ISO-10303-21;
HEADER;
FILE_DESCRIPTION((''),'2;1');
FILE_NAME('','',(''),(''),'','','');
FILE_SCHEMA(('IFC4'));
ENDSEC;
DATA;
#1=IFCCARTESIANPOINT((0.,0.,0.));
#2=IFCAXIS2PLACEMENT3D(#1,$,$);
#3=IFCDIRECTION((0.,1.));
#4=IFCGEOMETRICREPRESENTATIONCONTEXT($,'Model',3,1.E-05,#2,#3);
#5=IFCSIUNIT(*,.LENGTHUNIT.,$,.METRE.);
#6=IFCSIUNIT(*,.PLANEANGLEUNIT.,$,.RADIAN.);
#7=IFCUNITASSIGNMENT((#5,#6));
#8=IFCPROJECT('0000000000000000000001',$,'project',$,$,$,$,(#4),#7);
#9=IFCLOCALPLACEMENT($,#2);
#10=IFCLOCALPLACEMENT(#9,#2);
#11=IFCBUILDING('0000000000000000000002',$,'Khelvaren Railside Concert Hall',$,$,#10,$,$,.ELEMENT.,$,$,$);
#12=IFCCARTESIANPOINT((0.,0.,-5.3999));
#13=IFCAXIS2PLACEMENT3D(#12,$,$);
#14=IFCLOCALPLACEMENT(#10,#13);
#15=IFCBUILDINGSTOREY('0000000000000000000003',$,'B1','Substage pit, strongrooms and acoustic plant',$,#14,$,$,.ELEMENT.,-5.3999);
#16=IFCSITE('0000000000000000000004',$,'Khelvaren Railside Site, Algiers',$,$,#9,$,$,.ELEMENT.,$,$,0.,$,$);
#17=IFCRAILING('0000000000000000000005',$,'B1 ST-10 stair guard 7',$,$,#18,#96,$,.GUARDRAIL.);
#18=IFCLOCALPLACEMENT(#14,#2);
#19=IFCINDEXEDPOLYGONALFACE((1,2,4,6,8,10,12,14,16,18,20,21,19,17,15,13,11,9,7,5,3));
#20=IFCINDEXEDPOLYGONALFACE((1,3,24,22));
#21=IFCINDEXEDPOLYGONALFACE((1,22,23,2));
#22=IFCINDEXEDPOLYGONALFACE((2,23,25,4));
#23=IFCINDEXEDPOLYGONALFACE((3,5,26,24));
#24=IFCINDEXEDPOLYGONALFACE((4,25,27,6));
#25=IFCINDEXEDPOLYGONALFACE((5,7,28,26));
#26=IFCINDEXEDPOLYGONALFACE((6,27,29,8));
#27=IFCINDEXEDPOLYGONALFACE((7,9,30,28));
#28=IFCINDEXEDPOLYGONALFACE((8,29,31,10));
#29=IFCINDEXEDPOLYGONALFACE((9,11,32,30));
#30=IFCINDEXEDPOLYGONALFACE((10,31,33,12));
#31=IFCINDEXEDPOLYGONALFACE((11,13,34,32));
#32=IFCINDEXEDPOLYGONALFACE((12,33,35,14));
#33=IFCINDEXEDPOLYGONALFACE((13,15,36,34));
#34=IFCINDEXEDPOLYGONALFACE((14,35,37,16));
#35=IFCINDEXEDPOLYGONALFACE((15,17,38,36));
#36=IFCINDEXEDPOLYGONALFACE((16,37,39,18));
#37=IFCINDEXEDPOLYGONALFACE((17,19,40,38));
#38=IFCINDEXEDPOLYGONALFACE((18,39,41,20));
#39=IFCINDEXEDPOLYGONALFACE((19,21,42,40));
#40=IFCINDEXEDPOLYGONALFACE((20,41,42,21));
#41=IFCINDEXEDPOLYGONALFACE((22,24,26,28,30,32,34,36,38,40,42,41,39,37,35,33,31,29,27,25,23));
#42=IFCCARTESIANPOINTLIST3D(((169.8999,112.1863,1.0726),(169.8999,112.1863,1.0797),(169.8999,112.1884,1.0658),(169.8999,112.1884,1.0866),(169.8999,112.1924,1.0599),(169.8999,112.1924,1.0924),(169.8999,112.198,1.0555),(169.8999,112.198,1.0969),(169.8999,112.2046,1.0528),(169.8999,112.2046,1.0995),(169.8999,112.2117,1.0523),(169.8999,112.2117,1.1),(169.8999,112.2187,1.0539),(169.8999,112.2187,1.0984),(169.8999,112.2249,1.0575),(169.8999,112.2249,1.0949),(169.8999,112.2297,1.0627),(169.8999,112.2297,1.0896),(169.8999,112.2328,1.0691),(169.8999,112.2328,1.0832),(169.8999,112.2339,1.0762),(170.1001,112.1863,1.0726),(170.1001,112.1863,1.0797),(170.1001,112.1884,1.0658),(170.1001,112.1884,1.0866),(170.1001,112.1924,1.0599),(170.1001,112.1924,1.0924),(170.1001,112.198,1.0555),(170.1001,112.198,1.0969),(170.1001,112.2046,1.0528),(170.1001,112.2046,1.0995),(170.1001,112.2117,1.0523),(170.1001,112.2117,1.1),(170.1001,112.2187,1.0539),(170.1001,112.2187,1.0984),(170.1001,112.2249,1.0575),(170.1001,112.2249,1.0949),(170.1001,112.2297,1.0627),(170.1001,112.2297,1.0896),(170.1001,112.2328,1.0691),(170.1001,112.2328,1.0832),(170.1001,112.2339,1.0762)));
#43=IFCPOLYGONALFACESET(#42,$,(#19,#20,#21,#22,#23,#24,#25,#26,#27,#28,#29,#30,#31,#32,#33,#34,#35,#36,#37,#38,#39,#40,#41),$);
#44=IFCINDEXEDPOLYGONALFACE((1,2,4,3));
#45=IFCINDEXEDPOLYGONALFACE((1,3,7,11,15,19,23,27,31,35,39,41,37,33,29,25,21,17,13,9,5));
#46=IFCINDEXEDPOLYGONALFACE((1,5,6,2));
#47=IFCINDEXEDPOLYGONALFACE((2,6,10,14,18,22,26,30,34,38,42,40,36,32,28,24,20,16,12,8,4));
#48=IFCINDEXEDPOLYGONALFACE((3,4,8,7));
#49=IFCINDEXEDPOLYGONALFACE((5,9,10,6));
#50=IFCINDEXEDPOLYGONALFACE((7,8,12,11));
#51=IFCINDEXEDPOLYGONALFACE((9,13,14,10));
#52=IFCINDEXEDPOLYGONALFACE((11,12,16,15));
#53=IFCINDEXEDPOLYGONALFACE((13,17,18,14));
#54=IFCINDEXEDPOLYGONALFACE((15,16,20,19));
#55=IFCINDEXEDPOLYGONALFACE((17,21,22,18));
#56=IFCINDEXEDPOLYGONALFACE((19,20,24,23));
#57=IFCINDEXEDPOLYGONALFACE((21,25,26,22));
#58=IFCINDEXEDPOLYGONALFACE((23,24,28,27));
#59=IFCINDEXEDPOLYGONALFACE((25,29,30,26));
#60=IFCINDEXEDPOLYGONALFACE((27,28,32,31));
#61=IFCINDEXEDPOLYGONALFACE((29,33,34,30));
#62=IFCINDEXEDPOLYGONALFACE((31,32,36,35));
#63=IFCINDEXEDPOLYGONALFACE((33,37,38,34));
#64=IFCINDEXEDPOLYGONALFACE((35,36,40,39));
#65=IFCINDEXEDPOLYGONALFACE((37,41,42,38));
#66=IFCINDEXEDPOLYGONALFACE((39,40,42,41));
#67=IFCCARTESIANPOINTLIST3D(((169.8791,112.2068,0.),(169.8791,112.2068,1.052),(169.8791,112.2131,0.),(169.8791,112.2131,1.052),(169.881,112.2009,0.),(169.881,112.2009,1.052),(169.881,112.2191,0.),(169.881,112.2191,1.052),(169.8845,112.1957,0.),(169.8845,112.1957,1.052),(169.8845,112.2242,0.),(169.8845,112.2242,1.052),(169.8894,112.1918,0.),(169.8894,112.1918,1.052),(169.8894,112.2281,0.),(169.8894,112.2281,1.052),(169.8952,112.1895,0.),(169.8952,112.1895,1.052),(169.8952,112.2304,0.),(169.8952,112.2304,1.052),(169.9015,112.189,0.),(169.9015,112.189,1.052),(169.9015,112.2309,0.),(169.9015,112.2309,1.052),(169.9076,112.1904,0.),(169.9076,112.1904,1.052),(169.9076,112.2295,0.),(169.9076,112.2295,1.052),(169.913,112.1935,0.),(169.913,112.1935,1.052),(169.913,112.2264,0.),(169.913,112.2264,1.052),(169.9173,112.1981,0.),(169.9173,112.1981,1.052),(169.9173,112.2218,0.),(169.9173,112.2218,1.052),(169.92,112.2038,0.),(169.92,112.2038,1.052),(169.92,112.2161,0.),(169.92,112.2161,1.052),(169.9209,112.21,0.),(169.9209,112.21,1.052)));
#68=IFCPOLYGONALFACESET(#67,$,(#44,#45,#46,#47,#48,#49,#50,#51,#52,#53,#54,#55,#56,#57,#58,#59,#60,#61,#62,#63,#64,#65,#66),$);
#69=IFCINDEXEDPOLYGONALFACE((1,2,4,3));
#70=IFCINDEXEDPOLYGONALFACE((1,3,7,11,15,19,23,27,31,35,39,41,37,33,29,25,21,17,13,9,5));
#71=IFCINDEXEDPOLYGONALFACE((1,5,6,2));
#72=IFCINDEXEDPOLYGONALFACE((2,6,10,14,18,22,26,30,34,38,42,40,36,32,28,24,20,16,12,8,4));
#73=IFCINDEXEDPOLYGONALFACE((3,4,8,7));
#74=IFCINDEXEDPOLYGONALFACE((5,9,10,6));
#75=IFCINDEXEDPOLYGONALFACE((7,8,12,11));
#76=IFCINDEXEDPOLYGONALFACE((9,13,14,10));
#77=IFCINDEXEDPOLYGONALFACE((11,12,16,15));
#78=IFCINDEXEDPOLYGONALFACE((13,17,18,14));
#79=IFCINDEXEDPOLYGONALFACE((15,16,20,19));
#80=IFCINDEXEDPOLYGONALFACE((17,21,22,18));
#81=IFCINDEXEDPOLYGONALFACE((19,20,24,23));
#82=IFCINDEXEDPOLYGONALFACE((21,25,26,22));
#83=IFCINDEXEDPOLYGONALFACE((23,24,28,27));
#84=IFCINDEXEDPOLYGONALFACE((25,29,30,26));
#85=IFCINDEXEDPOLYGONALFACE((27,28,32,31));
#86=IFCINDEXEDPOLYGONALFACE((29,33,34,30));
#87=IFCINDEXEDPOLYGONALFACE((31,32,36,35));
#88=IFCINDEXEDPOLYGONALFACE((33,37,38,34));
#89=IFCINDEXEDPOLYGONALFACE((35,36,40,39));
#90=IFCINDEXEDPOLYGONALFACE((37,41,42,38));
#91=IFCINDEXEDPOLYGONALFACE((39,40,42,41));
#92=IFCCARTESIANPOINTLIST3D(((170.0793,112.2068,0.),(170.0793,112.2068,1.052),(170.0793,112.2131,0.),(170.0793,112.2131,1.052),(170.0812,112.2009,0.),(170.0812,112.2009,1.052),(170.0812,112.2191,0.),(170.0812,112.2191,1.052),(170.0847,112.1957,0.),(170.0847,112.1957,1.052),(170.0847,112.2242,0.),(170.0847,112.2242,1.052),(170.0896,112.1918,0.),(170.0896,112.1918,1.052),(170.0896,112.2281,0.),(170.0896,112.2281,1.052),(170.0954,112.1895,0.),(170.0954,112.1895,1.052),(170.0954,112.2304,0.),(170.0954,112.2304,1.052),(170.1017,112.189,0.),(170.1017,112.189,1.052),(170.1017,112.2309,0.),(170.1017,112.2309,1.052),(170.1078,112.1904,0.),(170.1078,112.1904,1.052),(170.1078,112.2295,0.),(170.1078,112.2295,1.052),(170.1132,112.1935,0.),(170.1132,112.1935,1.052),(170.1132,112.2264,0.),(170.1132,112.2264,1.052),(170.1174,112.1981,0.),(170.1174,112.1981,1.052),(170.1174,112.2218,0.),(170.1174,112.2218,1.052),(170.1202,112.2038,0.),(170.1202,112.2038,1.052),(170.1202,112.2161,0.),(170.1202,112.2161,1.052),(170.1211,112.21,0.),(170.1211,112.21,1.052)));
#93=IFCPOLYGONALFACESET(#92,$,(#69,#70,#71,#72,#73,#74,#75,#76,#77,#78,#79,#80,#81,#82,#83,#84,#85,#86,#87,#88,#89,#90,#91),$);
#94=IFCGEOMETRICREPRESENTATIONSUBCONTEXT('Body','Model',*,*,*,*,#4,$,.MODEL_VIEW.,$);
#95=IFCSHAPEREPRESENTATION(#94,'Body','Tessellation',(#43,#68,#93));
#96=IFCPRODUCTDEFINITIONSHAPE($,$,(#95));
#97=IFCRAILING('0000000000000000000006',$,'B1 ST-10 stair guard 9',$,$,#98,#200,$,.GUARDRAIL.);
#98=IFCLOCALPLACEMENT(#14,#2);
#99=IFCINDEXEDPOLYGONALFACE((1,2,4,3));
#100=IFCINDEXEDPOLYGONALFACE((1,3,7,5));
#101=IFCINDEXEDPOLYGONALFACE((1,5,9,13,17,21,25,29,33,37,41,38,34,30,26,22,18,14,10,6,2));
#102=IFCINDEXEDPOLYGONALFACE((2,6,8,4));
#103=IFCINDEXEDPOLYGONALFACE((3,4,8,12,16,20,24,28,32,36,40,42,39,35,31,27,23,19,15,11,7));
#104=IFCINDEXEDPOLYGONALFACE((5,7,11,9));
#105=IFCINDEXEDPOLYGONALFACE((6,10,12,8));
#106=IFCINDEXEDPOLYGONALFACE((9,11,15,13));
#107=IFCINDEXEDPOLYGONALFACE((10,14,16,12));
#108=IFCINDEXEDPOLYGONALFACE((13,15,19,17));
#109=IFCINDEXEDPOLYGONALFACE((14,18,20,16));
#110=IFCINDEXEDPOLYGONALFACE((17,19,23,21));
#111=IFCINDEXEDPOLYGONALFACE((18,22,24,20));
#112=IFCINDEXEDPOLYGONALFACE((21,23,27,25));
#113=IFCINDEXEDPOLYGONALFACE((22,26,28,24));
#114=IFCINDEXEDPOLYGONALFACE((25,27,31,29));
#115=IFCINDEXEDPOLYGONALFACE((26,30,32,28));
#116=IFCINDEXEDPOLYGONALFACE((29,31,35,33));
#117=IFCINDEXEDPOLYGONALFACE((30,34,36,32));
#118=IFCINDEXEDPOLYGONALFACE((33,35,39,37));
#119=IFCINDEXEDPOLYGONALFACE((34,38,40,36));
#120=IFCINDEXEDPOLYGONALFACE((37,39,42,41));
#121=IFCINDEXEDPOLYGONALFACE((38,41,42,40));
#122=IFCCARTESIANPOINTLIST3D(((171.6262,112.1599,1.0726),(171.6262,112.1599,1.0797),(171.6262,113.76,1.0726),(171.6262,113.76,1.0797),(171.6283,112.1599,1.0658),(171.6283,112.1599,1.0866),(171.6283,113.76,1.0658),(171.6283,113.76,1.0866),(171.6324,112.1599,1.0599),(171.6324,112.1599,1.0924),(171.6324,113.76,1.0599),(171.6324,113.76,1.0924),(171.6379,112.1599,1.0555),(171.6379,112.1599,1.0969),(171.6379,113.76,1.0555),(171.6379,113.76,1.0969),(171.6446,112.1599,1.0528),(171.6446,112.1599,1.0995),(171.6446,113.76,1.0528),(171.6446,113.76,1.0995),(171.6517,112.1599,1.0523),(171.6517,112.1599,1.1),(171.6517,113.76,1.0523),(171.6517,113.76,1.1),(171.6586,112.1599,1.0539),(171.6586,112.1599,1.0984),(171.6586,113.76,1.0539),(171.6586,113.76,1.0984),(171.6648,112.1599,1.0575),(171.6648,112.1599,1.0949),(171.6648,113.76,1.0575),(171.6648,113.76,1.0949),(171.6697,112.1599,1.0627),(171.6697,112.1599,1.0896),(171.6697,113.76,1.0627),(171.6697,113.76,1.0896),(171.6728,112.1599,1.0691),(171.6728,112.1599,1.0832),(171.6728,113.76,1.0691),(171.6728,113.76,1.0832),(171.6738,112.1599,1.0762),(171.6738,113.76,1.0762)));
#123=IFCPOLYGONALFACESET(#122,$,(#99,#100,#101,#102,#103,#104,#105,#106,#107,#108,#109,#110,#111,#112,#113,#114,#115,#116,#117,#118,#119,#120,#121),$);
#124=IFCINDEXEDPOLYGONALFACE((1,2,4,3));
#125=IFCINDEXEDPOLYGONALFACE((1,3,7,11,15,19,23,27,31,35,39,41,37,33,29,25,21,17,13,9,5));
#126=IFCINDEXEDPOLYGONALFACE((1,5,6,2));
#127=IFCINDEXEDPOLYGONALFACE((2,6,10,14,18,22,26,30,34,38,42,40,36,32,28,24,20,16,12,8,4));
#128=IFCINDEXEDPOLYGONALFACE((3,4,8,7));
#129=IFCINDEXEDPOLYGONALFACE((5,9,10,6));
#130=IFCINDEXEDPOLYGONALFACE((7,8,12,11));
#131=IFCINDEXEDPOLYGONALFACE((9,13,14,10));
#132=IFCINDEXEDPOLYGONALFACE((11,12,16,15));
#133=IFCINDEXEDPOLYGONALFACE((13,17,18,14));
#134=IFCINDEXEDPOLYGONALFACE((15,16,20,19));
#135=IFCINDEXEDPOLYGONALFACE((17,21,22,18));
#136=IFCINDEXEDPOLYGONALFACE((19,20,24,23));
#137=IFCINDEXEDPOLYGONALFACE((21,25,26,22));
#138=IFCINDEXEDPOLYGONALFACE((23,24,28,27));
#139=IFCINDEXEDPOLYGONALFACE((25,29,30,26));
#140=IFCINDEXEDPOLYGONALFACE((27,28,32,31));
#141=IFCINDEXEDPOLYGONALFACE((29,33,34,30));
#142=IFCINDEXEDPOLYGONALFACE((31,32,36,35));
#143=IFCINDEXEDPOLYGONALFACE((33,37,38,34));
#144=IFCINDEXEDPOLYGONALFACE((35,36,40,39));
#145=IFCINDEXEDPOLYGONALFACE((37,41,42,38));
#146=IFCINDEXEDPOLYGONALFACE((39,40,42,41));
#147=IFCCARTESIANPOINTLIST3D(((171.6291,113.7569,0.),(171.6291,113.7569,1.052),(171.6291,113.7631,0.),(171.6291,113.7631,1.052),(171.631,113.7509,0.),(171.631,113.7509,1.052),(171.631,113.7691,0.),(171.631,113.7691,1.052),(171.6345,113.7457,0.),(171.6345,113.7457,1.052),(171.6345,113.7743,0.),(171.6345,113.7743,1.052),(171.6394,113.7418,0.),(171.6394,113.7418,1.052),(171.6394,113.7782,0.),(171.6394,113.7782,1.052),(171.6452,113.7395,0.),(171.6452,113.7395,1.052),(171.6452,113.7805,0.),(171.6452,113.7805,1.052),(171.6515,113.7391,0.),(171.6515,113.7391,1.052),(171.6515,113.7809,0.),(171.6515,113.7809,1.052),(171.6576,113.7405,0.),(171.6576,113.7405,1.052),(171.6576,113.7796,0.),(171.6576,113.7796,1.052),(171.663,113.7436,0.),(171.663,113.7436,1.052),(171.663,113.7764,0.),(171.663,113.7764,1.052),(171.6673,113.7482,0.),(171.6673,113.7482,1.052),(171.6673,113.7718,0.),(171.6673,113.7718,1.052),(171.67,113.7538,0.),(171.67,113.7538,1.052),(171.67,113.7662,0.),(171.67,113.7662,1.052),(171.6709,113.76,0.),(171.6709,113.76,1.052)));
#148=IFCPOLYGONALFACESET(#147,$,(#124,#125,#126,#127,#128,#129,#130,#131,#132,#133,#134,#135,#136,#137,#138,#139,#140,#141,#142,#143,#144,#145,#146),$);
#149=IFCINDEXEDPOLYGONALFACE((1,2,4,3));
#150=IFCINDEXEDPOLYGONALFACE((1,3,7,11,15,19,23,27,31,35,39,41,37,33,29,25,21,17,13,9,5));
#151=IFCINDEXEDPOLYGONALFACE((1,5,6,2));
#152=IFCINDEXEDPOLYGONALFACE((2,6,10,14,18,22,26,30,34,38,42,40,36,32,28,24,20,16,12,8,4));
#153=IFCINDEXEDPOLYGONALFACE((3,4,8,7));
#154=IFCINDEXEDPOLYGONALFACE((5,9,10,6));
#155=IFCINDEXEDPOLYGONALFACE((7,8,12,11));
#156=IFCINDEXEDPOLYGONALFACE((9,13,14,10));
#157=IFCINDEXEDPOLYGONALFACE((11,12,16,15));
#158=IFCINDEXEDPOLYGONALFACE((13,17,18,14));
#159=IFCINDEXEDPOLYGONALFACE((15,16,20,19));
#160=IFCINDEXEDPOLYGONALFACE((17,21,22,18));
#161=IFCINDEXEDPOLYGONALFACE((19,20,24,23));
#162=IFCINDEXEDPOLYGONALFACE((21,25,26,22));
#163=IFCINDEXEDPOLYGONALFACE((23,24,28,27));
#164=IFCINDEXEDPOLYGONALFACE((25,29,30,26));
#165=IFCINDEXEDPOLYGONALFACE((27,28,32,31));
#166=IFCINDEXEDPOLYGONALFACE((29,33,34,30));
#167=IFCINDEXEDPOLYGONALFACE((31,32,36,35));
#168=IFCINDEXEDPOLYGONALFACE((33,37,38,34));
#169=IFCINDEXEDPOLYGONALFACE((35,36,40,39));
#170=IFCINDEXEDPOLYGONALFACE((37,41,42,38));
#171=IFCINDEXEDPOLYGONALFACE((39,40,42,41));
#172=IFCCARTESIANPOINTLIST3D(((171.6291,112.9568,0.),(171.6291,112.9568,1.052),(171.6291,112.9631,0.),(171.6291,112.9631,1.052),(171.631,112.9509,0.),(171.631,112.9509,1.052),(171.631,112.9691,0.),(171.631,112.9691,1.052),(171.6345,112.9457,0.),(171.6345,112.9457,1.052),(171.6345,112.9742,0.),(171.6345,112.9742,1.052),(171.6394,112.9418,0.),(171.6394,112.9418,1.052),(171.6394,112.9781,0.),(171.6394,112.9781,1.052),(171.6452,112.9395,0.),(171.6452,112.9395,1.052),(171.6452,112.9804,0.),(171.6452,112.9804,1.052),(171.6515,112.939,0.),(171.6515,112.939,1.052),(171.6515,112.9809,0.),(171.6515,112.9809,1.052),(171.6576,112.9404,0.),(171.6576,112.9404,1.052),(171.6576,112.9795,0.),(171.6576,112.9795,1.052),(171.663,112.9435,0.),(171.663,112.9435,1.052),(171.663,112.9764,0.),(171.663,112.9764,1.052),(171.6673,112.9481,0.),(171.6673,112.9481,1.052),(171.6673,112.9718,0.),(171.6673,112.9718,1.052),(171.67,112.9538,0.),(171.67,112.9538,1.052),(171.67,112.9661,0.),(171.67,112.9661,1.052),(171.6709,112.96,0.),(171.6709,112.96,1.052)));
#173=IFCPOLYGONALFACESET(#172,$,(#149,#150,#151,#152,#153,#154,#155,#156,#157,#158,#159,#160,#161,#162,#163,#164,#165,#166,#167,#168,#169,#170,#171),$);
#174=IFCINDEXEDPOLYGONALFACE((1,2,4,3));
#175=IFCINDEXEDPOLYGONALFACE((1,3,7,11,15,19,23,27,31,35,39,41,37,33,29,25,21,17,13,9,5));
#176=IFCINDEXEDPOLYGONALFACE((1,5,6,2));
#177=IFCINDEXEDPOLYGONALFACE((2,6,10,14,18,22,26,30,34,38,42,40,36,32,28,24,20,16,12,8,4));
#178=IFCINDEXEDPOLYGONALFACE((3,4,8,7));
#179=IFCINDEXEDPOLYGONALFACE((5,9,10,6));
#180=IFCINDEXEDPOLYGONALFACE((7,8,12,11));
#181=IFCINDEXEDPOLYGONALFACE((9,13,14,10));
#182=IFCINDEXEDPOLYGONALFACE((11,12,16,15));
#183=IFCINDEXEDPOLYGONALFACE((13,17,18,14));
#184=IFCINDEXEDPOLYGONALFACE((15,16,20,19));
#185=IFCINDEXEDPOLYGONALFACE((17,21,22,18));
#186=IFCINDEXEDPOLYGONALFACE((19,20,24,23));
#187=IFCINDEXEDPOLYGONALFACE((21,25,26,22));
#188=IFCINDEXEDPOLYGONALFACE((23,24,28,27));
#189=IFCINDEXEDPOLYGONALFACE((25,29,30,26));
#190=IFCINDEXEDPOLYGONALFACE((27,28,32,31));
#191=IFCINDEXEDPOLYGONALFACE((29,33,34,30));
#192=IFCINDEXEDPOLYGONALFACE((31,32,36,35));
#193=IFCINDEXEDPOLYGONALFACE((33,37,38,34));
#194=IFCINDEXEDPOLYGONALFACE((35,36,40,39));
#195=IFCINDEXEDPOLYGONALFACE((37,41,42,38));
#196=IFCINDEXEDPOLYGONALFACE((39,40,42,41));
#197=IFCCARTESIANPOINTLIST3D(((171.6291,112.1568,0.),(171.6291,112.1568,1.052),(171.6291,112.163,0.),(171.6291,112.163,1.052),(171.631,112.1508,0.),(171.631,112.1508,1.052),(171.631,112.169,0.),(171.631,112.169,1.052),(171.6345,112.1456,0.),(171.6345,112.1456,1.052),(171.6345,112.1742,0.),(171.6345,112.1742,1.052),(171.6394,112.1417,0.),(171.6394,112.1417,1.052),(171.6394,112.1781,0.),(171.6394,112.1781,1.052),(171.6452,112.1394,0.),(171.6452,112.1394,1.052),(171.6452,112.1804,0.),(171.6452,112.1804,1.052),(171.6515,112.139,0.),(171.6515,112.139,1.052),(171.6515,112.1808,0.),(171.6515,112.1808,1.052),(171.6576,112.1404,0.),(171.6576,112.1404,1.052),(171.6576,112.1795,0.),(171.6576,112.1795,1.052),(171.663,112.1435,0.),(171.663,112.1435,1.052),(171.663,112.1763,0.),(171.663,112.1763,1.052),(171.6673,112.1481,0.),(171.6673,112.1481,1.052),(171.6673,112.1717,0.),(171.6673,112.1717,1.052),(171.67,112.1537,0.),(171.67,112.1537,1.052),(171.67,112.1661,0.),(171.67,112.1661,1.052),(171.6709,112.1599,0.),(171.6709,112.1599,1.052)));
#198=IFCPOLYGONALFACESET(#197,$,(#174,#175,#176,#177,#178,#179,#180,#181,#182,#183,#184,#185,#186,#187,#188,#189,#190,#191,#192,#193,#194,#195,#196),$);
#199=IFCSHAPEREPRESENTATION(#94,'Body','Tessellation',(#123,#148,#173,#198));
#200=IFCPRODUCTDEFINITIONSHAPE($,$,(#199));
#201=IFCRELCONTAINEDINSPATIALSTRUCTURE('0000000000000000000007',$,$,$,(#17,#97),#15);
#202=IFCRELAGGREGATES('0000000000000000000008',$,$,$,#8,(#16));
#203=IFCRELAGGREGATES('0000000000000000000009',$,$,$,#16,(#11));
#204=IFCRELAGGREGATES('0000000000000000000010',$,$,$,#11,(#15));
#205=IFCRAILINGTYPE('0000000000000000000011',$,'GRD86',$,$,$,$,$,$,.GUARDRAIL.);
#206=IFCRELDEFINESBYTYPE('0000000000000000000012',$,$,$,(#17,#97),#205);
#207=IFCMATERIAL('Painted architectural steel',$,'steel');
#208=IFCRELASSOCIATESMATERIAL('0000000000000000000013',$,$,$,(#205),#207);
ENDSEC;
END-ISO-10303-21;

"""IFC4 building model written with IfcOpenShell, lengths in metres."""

from ifc_helpers import new_model, si_unit, direction, frame, origin, origin_2d, place, context, subcontext, project, spatial, circle, extrude, material, type_object, element, save


model = new_model("IFC4")

# Units and contexts
model_context = context("Model", 3, precision=1e-05, world=origin(), true_north=direction((0.0, 1.0)))
body_context = subcontext(model_context, "Body", "Model", "MODEL_VIEW")
ifc_project = project(units=[si_unit("LENGTHUNIT", "METRE"), si_unit("PLANEANGLEUNIT", "RADIAN")], contexts=[model_context])

# Site, building, storey
site_placement = place(None, origin())
site = spatial("IfcSite", under=ifc_project, at=site_placement, Name="Khelvaren Railside Site, Algiers", CompositionType="ELEMENT", RefElevation=0.0)
building_placement = place(site_placement, origin())
building = spatial("IfcBuilding", under=site, at=building_placement, Name="Khelvaren Railside Concert Hall", CompositionType="ELEMENT")
storey_placement = place(building_placement, frame((0.0, 0.0, -5.3999)))
storey = spatial("IfcBuildingStorey", under=building, at=storey_placement, Name="B1", Description="Substage pit, strongrooms and acoustic plant", CompositionType="ELEMENT", Elevation=-5.3999)

# Railings
ifc_material_1 = material(Name="Painted architectural steel", Category="steel")
railing_type_1 = type_object("IfcRailingType", Name="GRD86", PredefinedType="GUARDRAIL", material=ifc_material_1)
railing_1_placement = place(storey_placement, frame((169.8999, 112.21, 0.0)))
element("IfcRailing", 1, at=railing_1_placement, inside=storey, type_object=railing_type_1, Name="B1 ST-10 stair guard 7", PredefinedType="GUARDRAIL", context=body_context, shape_type="SweptSolid", body=[
    extrude(circle(Radius=0.0239, at=origin_2d()), frame((0.0, 0.0, 1.0762), z_axis=(1.0, 0.0, 0.0), x_axis=(0.0, 1.0, 0.0)), (0.0, 0.0, 1.0), 0.2002),
    extrude(circle(Radius=0.021, at=origin_2d()), origin(), (0.0, 0.0, 1.0), 1.052),
    extrude(circle(Radius=0.021, at=origin_2d()), frame((0.2002, 0.0, 0.0)), (0.0, 0.0, 1.0), 1.052),
])
railing_2_placement = place(storey_placement, frame((171.6499, 113.76, 0.0)))
element("IfcRailing", 2, at=railing_2_placement, inside=storey, type_object=railing_type_1, Name="B1 ST-10 stair guard 9", PredefinedType="GUARDRAIL", context=body_context, shape_type="SweptSolid", body=[
    extrude(circle(Radius=0.0239, at=origin_2d()), frame((0.0, 0.0, 1.0762), z_axis=(0.0, -1.0, 0.0), x_axis=(1.0, 0.0, 0.0)), (0.0, 0.0, 1.0), 1.6001),
    extrude(circle(Radius=0.021, at=origin_2d()), origin(), (0.0, 0.0, 1.0), 1.052),
    extrude(circle(Radius=0.021, at=origin_2d()), frame((0.0, -0.8, 0.0)), (0.0, 0.0, 1.0), 1.052),
    extrude(circle(Radius=0.021, at=origin_2d()), frame((0.0, -1.6001, 0.0)), (0.0, 0.0, 1.0), 1.052),
])

save(model, "model.ifc")
